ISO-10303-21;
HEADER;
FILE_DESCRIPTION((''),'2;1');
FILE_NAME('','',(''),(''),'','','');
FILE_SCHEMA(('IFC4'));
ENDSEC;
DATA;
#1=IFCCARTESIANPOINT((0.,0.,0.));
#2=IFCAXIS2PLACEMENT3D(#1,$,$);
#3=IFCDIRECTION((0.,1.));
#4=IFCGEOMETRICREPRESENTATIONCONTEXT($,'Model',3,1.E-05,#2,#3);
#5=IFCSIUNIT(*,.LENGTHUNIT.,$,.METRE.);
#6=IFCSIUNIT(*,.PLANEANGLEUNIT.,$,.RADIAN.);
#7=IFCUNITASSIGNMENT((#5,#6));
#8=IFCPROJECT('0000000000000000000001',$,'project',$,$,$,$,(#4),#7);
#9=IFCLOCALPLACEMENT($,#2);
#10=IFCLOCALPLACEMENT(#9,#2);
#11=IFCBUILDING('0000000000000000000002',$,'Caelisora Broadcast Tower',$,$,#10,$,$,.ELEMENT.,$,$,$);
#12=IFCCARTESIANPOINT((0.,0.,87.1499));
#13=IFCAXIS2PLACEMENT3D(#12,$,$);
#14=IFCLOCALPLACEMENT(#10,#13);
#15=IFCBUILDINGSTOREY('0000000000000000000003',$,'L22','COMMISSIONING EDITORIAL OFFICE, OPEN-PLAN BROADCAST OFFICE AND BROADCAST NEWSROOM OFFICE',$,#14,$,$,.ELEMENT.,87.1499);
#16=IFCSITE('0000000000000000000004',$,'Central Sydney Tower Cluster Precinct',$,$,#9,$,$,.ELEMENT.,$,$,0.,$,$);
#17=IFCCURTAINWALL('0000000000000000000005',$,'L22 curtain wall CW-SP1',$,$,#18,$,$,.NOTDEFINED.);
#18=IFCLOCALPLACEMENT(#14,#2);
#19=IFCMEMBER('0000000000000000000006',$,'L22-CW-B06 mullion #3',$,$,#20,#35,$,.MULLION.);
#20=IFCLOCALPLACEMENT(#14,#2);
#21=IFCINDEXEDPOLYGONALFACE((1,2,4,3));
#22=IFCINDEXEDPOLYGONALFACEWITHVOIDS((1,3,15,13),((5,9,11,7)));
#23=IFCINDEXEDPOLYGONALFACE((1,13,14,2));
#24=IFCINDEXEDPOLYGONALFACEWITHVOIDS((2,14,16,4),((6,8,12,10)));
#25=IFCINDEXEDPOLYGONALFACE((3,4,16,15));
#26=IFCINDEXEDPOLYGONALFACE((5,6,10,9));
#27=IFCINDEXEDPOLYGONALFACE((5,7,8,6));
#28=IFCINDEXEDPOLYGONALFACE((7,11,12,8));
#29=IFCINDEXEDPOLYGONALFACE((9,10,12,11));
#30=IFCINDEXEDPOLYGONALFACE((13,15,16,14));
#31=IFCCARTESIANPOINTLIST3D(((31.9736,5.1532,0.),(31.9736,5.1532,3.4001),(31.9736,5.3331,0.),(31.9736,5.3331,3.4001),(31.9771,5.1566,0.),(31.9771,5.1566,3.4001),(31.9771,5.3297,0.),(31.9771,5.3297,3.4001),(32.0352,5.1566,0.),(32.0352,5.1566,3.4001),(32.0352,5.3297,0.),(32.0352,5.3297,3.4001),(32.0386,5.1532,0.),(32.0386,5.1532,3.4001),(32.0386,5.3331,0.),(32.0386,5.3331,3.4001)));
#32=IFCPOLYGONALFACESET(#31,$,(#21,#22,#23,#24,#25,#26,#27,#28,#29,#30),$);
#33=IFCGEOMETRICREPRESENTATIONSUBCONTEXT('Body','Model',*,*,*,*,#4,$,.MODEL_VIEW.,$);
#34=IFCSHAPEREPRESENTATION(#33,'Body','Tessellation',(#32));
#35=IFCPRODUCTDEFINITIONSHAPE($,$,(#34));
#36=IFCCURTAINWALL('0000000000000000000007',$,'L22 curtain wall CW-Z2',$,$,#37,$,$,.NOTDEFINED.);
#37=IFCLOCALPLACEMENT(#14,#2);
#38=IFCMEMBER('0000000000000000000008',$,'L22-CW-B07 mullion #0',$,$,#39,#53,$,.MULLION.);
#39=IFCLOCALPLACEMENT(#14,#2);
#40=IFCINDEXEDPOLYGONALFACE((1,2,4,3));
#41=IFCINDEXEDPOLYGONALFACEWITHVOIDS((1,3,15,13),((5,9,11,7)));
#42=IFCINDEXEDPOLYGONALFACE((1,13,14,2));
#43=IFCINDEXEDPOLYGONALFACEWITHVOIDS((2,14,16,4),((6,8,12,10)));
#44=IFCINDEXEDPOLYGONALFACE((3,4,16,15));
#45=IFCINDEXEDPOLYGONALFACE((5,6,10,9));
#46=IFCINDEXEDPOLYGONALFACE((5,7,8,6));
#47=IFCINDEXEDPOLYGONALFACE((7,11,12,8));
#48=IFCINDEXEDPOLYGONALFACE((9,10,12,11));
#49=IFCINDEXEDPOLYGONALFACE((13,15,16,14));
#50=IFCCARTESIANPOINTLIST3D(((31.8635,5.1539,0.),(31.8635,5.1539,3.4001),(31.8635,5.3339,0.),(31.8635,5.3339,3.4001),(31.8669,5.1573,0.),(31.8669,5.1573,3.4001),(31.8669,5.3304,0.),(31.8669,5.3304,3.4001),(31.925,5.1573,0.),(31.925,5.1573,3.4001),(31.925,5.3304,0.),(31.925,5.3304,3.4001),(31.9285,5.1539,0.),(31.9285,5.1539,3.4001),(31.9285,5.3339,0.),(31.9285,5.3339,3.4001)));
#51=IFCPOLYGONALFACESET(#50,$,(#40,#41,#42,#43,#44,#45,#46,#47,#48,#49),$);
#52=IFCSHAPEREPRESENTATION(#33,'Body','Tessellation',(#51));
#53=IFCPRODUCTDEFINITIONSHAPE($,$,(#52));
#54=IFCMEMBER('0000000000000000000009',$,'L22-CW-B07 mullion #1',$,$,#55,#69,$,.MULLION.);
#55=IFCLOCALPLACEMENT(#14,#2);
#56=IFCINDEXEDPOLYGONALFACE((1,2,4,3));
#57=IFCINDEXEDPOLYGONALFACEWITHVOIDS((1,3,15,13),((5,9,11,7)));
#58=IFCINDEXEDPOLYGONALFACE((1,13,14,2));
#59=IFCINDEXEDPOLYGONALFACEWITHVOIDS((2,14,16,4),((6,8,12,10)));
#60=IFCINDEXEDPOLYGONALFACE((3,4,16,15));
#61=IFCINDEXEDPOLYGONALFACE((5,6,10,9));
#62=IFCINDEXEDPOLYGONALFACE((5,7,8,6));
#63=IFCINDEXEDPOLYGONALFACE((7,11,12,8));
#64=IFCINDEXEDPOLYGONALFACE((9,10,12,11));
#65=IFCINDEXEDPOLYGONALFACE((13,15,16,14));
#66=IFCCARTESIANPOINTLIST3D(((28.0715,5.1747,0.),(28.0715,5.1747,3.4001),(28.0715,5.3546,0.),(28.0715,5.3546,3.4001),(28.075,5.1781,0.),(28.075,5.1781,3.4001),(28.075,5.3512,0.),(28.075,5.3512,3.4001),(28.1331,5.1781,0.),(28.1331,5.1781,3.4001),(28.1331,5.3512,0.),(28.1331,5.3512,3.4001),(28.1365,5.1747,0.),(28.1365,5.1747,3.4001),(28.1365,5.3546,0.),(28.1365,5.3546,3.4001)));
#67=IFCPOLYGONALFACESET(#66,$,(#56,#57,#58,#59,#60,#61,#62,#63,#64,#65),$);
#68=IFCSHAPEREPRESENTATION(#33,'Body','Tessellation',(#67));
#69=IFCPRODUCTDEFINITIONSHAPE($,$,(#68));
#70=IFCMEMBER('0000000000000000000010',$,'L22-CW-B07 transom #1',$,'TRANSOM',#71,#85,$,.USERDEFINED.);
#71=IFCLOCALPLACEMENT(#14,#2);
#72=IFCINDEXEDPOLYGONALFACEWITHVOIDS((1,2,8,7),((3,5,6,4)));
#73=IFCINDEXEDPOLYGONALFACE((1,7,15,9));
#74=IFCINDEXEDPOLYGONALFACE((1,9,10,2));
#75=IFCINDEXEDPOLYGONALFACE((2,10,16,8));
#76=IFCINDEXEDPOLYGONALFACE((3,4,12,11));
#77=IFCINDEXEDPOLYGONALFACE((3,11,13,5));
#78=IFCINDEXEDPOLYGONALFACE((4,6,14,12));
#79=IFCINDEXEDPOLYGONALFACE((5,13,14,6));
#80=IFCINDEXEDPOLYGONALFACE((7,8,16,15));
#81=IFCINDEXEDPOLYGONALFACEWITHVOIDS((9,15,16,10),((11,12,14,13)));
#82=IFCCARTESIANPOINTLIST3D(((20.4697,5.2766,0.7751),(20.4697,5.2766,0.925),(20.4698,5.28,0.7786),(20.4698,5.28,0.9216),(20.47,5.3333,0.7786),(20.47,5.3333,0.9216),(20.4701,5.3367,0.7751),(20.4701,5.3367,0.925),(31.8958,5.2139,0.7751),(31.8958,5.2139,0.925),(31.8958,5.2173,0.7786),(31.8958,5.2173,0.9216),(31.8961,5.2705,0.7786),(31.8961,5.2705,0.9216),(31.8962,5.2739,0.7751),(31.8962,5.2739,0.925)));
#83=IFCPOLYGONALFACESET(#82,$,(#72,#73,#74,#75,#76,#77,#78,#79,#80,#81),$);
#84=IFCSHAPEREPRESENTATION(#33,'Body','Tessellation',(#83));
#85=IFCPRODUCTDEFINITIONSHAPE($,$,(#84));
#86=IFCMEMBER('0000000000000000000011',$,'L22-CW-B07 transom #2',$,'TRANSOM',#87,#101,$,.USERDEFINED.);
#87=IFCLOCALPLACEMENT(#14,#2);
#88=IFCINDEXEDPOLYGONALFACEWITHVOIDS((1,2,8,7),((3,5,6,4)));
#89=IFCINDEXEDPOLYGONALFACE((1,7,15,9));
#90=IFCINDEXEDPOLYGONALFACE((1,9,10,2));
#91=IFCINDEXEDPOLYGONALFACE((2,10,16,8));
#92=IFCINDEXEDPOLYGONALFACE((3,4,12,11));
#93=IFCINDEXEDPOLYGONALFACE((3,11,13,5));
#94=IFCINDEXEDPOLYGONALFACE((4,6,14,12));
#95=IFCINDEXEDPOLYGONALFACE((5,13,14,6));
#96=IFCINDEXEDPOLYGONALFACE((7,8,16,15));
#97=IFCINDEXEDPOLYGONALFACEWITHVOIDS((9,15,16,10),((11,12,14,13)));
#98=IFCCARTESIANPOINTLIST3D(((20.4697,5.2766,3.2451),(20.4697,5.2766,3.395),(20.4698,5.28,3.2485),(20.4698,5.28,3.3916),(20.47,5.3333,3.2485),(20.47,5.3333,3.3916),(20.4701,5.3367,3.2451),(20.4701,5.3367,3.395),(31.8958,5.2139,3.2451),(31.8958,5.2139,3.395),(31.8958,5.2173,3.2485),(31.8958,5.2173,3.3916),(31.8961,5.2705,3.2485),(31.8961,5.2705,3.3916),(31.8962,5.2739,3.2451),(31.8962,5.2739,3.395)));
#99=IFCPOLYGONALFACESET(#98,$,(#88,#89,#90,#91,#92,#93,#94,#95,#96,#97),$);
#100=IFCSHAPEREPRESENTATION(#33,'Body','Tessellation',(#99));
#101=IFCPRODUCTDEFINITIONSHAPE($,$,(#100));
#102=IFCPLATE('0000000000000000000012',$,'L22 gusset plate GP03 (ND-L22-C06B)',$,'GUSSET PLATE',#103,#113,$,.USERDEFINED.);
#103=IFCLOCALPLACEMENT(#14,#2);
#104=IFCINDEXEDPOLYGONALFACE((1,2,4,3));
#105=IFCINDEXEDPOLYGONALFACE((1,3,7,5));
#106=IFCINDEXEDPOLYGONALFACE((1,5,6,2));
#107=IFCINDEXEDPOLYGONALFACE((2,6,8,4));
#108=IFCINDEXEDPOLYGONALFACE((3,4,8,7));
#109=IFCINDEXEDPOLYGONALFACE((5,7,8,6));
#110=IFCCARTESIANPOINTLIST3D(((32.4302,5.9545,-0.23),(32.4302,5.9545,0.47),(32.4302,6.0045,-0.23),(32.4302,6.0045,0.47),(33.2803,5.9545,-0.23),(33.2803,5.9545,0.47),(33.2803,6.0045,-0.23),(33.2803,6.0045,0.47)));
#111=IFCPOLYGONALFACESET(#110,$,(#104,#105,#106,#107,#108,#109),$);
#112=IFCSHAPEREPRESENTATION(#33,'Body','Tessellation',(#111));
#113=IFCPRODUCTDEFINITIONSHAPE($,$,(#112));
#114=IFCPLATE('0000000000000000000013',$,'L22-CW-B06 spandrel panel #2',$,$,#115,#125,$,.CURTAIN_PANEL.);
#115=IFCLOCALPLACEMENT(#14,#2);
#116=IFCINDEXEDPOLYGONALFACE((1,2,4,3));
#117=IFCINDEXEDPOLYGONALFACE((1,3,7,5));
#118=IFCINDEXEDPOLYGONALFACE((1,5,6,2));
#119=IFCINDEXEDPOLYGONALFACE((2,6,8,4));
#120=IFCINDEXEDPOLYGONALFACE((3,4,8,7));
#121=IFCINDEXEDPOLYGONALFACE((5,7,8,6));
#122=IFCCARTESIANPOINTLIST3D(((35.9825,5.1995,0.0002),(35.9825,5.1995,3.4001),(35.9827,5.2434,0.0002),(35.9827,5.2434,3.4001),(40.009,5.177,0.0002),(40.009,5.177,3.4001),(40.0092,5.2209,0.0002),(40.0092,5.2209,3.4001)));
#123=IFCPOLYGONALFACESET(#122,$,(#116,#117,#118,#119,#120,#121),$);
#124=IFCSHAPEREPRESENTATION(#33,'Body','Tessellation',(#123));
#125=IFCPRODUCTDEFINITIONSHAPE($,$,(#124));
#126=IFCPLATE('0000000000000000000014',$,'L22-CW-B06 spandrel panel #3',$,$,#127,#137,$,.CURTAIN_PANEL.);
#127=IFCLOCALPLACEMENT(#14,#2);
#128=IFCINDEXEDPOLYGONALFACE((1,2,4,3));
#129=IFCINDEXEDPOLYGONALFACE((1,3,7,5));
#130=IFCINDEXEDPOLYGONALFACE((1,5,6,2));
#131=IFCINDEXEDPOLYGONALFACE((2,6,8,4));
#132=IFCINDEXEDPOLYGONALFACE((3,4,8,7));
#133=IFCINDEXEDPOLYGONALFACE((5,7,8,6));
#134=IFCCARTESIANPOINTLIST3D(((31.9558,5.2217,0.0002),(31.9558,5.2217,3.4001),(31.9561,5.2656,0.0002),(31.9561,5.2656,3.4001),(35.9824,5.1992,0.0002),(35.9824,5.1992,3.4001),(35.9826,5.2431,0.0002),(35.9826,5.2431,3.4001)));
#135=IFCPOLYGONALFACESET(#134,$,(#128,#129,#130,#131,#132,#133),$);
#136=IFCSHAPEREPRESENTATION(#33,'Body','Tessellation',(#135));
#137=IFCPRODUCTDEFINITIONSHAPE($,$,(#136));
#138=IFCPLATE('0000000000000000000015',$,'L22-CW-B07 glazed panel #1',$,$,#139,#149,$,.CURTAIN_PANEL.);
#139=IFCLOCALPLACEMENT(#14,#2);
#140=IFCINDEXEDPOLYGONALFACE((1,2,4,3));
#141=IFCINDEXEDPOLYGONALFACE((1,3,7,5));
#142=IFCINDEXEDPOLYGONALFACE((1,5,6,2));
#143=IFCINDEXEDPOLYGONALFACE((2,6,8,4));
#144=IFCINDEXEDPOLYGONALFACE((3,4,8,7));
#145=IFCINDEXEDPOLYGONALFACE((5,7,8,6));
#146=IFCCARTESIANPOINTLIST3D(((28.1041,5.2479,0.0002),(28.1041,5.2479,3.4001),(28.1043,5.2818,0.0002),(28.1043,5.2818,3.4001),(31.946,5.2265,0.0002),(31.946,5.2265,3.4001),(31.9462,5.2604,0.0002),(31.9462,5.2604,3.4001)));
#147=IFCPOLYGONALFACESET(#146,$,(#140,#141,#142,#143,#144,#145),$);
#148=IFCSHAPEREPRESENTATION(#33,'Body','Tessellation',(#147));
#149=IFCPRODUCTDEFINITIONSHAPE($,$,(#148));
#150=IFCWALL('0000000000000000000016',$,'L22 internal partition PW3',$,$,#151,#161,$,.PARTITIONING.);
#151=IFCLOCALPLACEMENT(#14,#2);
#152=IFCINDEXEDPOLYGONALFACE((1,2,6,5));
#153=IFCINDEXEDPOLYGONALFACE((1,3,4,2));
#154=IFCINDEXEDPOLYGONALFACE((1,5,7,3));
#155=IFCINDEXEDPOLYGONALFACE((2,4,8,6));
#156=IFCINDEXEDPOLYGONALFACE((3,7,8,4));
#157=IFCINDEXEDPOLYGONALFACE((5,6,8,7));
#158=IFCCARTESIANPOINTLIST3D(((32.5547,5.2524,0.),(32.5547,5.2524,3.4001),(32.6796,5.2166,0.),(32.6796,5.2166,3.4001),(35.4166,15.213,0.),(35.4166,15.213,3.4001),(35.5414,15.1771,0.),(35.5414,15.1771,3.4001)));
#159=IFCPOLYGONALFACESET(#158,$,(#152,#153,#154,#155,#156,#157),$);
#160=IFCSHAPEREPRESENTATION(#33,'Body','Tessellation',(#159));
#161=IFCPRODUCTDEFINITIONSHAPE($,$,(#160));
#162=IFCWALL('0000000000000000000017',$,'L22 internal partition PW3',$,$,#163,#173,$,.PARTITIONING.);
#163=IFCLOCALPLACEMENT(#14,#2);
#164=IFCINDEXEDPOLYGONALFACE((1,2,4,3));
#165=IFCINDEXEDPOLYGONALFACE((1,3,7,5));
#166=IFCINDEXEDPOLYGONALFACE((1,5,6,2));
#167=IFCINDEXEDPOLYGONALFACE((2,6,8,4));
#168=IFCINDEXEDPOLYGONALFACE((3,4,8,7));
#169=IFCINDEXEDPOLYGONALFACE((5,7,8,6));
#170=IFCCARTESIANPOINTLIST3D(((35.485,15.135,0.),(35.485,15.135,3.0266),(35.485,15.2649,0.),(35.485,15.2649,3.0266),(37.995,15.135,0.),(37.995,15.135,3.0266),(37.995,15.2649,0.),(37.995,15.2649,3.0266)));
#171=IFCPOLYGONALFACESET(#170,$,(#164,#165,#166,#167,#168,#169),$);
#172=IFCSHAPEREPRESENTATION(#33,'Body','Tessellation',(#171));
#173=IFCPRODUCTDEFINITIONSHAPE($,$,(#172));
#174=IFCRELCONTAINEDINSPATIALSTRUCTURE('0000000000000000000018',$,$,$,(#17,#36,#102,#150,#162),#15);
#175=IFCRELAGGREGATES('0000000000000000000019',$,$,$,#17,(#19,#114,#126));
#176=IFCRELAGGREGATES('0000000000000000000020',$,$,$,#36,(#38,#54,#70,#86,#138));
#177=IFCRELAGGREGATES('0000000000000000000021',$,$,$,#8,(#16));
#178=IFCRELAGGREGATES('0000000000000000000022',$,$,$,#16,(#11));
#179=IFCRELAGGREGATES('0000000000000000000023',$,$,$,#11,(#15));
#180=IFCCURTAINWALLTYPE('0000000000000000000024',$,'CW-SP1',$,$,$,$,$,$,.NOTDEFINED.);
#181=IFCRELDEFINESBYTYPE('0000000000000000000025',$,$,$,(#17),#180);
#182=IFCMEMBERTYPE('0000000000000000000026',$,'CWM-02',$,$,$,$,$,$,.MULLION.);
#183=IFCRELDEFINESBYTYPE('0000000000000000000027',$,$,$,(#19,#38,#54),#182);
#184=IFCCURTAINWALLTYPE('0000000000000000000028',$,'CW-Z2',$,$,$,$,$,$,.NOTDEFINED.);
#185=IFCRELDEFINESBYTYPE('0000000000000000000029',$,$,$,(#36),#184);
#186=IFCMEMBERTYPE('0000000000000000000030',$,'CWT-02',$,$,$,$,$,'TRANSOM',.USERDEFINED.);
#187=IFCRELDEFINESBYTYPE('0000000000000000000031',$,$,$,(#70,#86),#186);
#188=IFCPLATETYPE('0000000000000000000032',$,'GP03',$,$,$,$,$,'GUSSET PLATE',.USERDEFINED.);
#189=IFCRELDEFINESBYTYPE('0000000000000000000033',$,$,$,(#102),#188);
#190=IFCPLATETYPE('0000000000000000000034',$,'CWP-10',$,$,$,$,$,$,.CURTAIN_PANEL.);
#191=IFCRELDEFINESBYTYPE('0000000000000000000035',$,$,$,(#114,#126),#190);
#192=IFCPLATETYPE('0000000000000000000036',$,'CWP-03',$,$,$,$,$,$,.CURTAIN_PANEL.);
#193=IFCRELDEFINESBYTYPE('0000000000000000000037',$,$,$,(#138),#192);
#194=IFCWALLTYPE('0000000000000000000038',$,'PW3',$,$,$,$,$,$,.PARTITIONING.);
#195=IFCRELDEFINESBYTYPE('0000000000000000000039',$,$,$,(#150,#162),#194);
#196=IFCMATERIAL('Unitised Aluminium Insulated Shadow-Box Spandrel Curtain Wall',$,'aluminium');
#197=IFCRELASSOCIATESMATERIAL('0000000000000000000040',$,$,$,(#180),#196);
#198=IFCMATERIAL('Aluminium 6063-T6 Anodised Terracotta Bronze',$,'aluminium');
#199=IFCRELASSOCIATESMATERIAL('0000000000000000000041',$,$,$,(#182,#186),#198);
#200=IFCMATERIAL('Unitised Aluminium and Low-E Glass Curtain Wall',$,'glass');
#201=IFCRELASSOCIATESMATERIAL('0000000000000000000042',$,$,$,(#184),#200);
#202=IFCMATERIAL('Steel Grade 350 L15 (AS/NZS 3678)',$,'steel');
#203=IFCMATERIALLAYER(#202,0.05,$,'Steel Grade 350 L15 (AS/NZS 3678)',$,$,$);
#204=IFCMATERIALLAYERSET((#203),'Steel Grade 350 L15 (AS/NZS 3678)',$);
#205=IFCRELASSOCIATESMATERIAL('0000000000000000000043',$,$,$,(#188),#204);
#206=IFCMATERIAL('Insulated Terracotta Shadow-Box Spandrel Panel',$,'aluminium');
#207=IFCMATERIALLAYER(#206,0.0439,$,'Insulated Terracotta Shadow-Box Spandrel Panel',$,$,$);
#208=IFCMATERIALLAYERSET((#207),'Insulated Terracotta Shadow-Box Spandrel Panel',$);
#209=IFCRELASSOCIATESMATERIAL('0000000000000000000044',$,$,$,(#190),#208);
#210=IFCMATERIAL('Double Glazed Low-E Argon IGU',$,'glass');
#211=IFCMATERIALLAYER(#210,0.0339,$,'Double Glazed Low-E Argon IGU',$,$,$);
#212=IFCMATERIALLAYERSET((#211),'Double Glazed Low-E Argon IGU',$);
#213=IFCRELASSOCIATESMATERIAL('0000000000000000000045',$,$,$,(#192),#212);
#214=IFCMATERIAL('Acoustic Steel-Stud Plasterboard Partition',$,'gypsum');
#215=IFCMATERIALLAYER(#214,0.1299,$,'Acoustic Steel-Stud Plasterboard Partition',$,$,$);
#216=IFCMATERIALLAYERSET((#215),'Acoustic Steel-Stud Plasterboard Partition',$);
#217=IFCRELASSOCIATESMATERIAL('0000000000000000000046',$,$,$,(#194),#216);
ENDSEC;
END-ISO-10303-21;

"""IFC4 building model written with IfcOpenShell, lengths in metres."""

from ifc_helpers import new_model, si_unit, direction, frame, frame_2d, origin, origin_2d, place, context, subcontext, project, spatial, rectangle, hollow_rectangle, extrude, source, transform, mapped, material, layer, layer_set, material_profile, profile_set, type_object, type_shapes, element, aggregate, save


model = new_model("IFC4")

# Units and contexts
model_context = context("Model", 3, precision=1e-05, world=origin(), true_north=direction((0.0, 1.0)))
body_context = subcontext(model_context, "Body", "Model", "MODEL_VIEW")
ifc_project = project(units=[si_unit("LENGTHUNIT", "METRE"), si_unit("PLANEANGLEUNIT", "RADIAN")], contexts=[model_context])

# Site, building, storey
site_placement = place(None, origin())
site = spatial("IfcSite", under=ifc_project, at=site_placement, Name="Central Sydney Tower Cluster Precinct", CompositionType="ELEMENT", RefElevation=0.0)
building_placement = place(site_placement, origin())
building = spatial("IfcBuilding", under=site, at=building_placement, Name="Caelisora Broadcast Tower", CompositionType="ELEMENT")
storey_placement = place(building_placement, frame((0.0, 0.0, 87.1499)))
storey = spatial("IfcBuildingStorey", under=building, at=storey_placement, Name="L22", Description="COMMISSIONING EDITORIAL OFFICE, OPEN-PLAN BROADCAST OFFICE AND BROADCAST NEWSROOM OFFICE", CompositionType="ELEMENT", Elevation=87.1499)

# Shared definitions
ifc_material_1 = material(Name="Steel Grade 350 L15 (AS/NZS 3678)", Category="steel")

# Curtain walls, members
ifc_material_2 = material(Name="Unitised Aluminium Insulated Shadow-Box Spandrel Curtain Wall", Category="aluminium")
curtain_wall_type_1 = type_object("IfcCurtainWallType", Name="CW-SP1", PredefinedType="NOTDEFINED", material=ifc_material_2)
curtain_wall_1_placement = place(storey_placement, origin())
curtain_wall_1 = element("IfcCurtainWall", 1, at=curtain_wall_1_placement, inside=storey, type_object=curtain_wall_type_1, Name="L22 curtain wall CW-SP1", PredefinedType="NOTDEFINED")
ifc_material_3 = material(Name="Aluminium 6063-T6 Anodised Terracotta Bronze", Category="aluminium")
ifc_material_profile_1 = material_profile(ifc_material_3, hollow_rectangle(XDim=0.0649, YDim=0.1799, WallThickness=0.0034, at=origin_2d()), Name="Aluminium 6063-T6 Anodised Terracotta Bronze")
ifc_profile_set_1 = profile_set([ifc_material_profile_1], Name="Aluminium 6063-T6 Anodised Terracotta Bronze")
member_type_1 = type_object("IfcMemberType", Name="CWM-02", PredefinedType="MULLION", material=ifc_profile_set_1)
shared_shape_1 = source(origin(), body_context, "Body", "SweptSolid", [
    extrude(hollow_rectangle(XDim=0.0649, YDim=0.1799, WallThickness=0.0034, at=origin_2d()), origin(), (0.0, 0.0, 1.0), 3.4001),
])
type_shapes(member_type_1, [shared_shape_1])
member_1_placement = place(storey_placement, frame((32.0061, 5.2432, 0.0), z_axis=(0.0, 0.0, 1.0), x_axis=(1.0, 0.0, 0.0)))
member_1 = element("IfcMember", 2, at=member_1_placement, type_object=member_type_1, Name="L22-CW-B06 mullion #3", PredefinedType="MULLION", context=body_context, shape_type="MappedRepresentation", body=[
    mapped(shared_shape_1, transform((0.0, 0.0, 0.0), scale=1.0)),
])
ifc_material_4 = material(Name="Unitised Aluminium and Low-E Glass Curtain Wall", Category="glass")
curtain_wall_type_2 = type_object("IfcCurtainWallType", Name="CW-Z2", PredefinedType="NOTDEFINED", material=ifc_material_4)
curtain_wall_2_placement = place(storey_placement, origin())
curtain_wall_2 = element("IfcCurtainWall", 3, at=curtain_wall_2_placement, inside=storey, type_object=curtain_wall_type_2, Name="L22 curtain wall CW-Z2", PredefinedType="NOTDEFINED")
member_2_placement = place(storey_placement, frame((31.896, 5.2439, 0.0), z_axis=(0.0, 0.0, 1.0), x_axis=(1.0, 0.0, 0.0)))
member_2 = element("IfcMember", 4, at=member_2_placement, type_object=member_type_1, Name="L22-CW-B07 mullion #0", PredefinedType="MULLION", context=body_context, shape_type="MappedRepresentation", body=[
    mapped(shared_shape_1, transform((0.0, 0.0, 0.0), scale=1.0)),
])
member_3_placement = place(storey_placement, frame((28.104, 5.2646, 0.0), z_axis=(0.0, 0.0, 1.0), x_axis=(1.0, 0.0, 0.0)))
member_3 = element("IfcMember", 5, at=member_3_placement, type_object=member_type_1, Name="L22-CW-B07 mullion #1", PredefinedType="MULLION", context=body_context, shape_type="MappedRepresentation", body=[
    mapped(shared_shape_1, transform((0.0, 0.0, 0.0), scale=1.0)),
])
ifc_material_profile_2 = material_profile(ifc_material_3, hollow_rectangle(XDim=0.0601, YDim=0.1499, WallThickness=0.0034, at=origin_2d()), Name="Aluminium 6063-T6 Anodised Terracotta Bronze")
ifc_profile_set_2 = profile_set([ifc_material_profile_2], Name="Aluminium 6063-T6 Anodised Terracotta Bronze")
member_type_2 = type_object("IfcMemberType", Name="CWT-02", ElementType="TRANSOM", PredefinedType="USERDEFINED", material=ifc_profile_set_2)
shared_shape_2 = source(origin(), body_context, "Body", "SweptSolid", [
    extrude(hollow_rectangle(XDim=0.0601, YDim=0.1499, WallThickness=0.0034, at=origin_2d()), origin(), (0.0, 0.0, 1.0), 11.4263),
])
type_shapes(member_type_2, [shared_shape_2])
member_4_placement = place(storey_placement, frame((31.896, 5.2439, 0.8501), z_axis=(-0.999985, 0.005491, 0.0), x_axis=(-0.005491, -0.999985, 0.0)))
member_4 = element("IfcMember", 6, at=member_4_placement, type_object=member_type_2, Name="L22-CW-B07 transom #1", ObjectType="TRANSOM", PredefinedType="USERDEFINED", context=body_context, shape_type="MappedRepresentation", body=[
    mapped(shared_shape_2, transform((0.0, 0.0, 0.0), scale=1.0)),
])
member_5_placement = place(storey_placement, frame((31.896, 5.2439, 3.3201), z_axis=(-0.999985, 0.005491, 0.0), x_axis=(-0.005491, -0.999985, 0.0)))
member_5 = element("IfcMember", 7, at=member_5_placement, type_object=member_type_2, Name="L22-CW-B07 transom #2", ObjectType="TRANSOM", PredefinedType="USERDEFINED", context=body_context, shape_type="MappedRepresentation", body=[
    mapped(shared_shape_2, transform((0.0, 0.0, 0.0), scale=1.0)),
])

# Plates
ifc_layer_1 = layer(ifc_material_1, 0.05, Name="Steel Grade 350 L15 (AS/NZS 3678)")
ifc_layer_set_1 = layer_set([ifc_layer_1], Name="Steel Grade 350 L15 (AS/NZS 3678)")
plate_type_1 = type_object("IfcPlateType", Name="GP03", ElementType="GUSSET PLATE", PredefinedType="USERDEFINED", material=ifc_layer_set_1)
shared_shape_3 = source(origin(), body_context, "Body", "SweptSolid", [
    extrude(rectangle(XDim=0.8501, YDim=0.05, at=origin_2d()), origin(), (0.0, 0.0, 1.0), 0.7),
])
type_shapes(plate_type_1, [shared_shape_3])
plate_1_placement = place(storey_placement, frame((32.8552, 5.9795, -0.23), z_axis=(0.0, 0.0, 1.0), x_axis=(1.0, 0.0, 0.0)))
element("IfcPlate", 8, at=plate_1_placement, inside=storey, type_object=plate_type_1, Name="L22 gusset plate GP03 (ND-L22-C06B)", ObjectType="GUSSET PLATE", PredefinedType="USERDEFINED", context=body_context, shape_type="MappedRepresentation", body=[
    mapped(shared_shape_3, transform((0.0, 0.0, 0.0), scale=1.0)),
])
ifc_material_5 = material(Name="Insulated Terracotta Shadow-Box Spandrel Panel", Category="aluminium")
ifc_layer_2 = layer(ifc_material_5, 0.0439, Name="Insulated Terracotta Shadow-Box Spandrel Panel")
ifc_layer_set_2 = layer_set([ifc_layer_2], Name="Insulated Terracotta Shadow-Box Spandrel Panel")
plate_type_2 = type_object("IfcPlateType", Name="CWP-10", PredefinedType="CURTAIN_PANEL", material=ifc_layer_set_2)
shared_shape_4 = source(origin(), body_context, "Body", "SweptSolid", [
    extrude(rectangle(XDim=4.0266, YDim=0.0439, at=origin_2d()), origin(), (0.0, 0.0, 1.0), 3.3999),
])
type_shapes(plate_type_2, [shared_shape_4])
plate_2_placement = place(storey_placement, frame((37.9958, 5.2102, 0.0002), z_axis=(0.0, 0.0, 1.0), x_axis=(-0.999984, 0.005585, 0.0)))
plate_2 = element("IfcPlate", 9, at=plate_2_placement, type_object=plate_type_2, Name="L22-CW-B06 spandrel panel #2", PredefinedType="CURTAIN_PANEL", context=body_context, shape_type="MappedRepresentation", body=[
    mapped(shared_shape_4, transform((0.0, 0.0, 0.0), scale=1.0)),
])
plate_3_placement = place(storey_placement, frame((33.9692, 5.2324, 0.0002), z_axis=(0.0, 0.0, 1.0), x_axis=(-0.999984, 0.005585, 0.0)))
plate_3 = element("IfcPlate", 10, at=plate_3_placement, type_object=plate_type_2, Name="L22-CW-B06 spandrel panel #3", PredefinedType="CURTAIN_PANEL", context=body_context, shape_type="MappedRepresentation", body=[
    mapped(shared_shape_4, transform((0.0, 0.0, 0.0), scale=1.0)),
])
aggregate(curtain_wall_1, [member_1, plate_2, plate_3])
ifc_material_6 = material(Name="Double Glazed Low-E Argon IGU", Category="glass")
ifc_layer_3 = layer(ifc_material_6, 0.0339, Name="Double Glazed Low-E Argon IGU")
ifc_layer_set_3 = layer_set([ifc_layer_3], Name="Double Glazed Low-E Argon IGU")
plate_type_3 = type_object("IfcPlateType", Name="CWP-03", PredefinedType="CURTAIN_PANEL", material=ifc_layer_set_3)
shared_shape_5 = source(origin(), body_context, "Body", "SweptSolid", [
    extrude(rectangle(XDim=3.842, YDim=0.0339, at=origin_2d()), origin(), (0.0, 0.0, 1.0), 3.3999),
])
type_shapes(plate_type_3, [shared_shape_5])
plate_4_placement = place(storey_placement, frame((30.0251, 5.2542, 0.0002), z_axis=(0.0, 0.0, 1.0), x_axis=(-0.999984, 0.005585, 0.0)))
plate_4 = element("IfcPlate", 11, at=plate_4_placement, type_object=plate_type_3, Name="L22-CW-B07 glazed panel #1", PredefinedType="CURTAIN_PANEL", context=body_context, shape_type="MappedRepresentation", body=[
    mapped(shared_shape_5, transform((0.0, 0.0, 0.0), scale=1.0)),
])
aggregate(curtain_wall_2, [member_2, member_3, member_4, member_5, plate_4])

# Walls
ifc_material_7 = material(Name="Acoustic Steel-Stud Plasterboard Partition", Category="gypsum")
ifc_layer_4 = layer(ifc_material_7, 0.1299, Name="Acoustic Steel-Stud Plasterboard Partition")
ifc_layer_set_4 = layer_set([ifc_layer_4], Name="Acoustic Steel-Stud Plasterboard Partition")
wall_type = type_object("IfcWallType", Name="PW3", PredefinedType="PARTITIONING", material=ifc_layer_set_4)
wall_1_placement = place(storey_placement, frame((32.6172, 5.2346, 0.0), z_axis=(0.0, 0.0, 1.0), x_axis=(0.276146, 0.961116, 0.0)))
element("IfcWall", 12, at=wall_1_placement, inside=storey, type_object=wall_type, Name="L22 internal partition PW3", PredefinedType="PARTITIONING", context=body_context, shape_type="SweptSolid", body=[
    extrude(rectangle(XDim=10.3635, YDim=0.1299, at=frame_2d((5.1816, 0.0))), origin(), (0.0, 0.0, 1.0), 3.4001),
])
wall_2_placement = place(storey_placement, frame((35.4851, 15.2, 0.0), z_axis=(0.0, 0.0, 1.0), x_axis=(1.0, 0.0, 0.0)))
element("IfcWall", 13, at=wall_2_placement, inside=storey, type_object=wall_type, Name="L22 internal partition PW3", PredefinedType="PARTITIONING", context=body_context, shape_type="SweptSolid", body=[
    extrude(rectangle(XDim=2.51, YDim=0.1299, at=frame_2d((1.2549, 0.0))), origin(), (0.0, 0.0, 1.0), 3.0266),
])

save(model, "model.ifc")
